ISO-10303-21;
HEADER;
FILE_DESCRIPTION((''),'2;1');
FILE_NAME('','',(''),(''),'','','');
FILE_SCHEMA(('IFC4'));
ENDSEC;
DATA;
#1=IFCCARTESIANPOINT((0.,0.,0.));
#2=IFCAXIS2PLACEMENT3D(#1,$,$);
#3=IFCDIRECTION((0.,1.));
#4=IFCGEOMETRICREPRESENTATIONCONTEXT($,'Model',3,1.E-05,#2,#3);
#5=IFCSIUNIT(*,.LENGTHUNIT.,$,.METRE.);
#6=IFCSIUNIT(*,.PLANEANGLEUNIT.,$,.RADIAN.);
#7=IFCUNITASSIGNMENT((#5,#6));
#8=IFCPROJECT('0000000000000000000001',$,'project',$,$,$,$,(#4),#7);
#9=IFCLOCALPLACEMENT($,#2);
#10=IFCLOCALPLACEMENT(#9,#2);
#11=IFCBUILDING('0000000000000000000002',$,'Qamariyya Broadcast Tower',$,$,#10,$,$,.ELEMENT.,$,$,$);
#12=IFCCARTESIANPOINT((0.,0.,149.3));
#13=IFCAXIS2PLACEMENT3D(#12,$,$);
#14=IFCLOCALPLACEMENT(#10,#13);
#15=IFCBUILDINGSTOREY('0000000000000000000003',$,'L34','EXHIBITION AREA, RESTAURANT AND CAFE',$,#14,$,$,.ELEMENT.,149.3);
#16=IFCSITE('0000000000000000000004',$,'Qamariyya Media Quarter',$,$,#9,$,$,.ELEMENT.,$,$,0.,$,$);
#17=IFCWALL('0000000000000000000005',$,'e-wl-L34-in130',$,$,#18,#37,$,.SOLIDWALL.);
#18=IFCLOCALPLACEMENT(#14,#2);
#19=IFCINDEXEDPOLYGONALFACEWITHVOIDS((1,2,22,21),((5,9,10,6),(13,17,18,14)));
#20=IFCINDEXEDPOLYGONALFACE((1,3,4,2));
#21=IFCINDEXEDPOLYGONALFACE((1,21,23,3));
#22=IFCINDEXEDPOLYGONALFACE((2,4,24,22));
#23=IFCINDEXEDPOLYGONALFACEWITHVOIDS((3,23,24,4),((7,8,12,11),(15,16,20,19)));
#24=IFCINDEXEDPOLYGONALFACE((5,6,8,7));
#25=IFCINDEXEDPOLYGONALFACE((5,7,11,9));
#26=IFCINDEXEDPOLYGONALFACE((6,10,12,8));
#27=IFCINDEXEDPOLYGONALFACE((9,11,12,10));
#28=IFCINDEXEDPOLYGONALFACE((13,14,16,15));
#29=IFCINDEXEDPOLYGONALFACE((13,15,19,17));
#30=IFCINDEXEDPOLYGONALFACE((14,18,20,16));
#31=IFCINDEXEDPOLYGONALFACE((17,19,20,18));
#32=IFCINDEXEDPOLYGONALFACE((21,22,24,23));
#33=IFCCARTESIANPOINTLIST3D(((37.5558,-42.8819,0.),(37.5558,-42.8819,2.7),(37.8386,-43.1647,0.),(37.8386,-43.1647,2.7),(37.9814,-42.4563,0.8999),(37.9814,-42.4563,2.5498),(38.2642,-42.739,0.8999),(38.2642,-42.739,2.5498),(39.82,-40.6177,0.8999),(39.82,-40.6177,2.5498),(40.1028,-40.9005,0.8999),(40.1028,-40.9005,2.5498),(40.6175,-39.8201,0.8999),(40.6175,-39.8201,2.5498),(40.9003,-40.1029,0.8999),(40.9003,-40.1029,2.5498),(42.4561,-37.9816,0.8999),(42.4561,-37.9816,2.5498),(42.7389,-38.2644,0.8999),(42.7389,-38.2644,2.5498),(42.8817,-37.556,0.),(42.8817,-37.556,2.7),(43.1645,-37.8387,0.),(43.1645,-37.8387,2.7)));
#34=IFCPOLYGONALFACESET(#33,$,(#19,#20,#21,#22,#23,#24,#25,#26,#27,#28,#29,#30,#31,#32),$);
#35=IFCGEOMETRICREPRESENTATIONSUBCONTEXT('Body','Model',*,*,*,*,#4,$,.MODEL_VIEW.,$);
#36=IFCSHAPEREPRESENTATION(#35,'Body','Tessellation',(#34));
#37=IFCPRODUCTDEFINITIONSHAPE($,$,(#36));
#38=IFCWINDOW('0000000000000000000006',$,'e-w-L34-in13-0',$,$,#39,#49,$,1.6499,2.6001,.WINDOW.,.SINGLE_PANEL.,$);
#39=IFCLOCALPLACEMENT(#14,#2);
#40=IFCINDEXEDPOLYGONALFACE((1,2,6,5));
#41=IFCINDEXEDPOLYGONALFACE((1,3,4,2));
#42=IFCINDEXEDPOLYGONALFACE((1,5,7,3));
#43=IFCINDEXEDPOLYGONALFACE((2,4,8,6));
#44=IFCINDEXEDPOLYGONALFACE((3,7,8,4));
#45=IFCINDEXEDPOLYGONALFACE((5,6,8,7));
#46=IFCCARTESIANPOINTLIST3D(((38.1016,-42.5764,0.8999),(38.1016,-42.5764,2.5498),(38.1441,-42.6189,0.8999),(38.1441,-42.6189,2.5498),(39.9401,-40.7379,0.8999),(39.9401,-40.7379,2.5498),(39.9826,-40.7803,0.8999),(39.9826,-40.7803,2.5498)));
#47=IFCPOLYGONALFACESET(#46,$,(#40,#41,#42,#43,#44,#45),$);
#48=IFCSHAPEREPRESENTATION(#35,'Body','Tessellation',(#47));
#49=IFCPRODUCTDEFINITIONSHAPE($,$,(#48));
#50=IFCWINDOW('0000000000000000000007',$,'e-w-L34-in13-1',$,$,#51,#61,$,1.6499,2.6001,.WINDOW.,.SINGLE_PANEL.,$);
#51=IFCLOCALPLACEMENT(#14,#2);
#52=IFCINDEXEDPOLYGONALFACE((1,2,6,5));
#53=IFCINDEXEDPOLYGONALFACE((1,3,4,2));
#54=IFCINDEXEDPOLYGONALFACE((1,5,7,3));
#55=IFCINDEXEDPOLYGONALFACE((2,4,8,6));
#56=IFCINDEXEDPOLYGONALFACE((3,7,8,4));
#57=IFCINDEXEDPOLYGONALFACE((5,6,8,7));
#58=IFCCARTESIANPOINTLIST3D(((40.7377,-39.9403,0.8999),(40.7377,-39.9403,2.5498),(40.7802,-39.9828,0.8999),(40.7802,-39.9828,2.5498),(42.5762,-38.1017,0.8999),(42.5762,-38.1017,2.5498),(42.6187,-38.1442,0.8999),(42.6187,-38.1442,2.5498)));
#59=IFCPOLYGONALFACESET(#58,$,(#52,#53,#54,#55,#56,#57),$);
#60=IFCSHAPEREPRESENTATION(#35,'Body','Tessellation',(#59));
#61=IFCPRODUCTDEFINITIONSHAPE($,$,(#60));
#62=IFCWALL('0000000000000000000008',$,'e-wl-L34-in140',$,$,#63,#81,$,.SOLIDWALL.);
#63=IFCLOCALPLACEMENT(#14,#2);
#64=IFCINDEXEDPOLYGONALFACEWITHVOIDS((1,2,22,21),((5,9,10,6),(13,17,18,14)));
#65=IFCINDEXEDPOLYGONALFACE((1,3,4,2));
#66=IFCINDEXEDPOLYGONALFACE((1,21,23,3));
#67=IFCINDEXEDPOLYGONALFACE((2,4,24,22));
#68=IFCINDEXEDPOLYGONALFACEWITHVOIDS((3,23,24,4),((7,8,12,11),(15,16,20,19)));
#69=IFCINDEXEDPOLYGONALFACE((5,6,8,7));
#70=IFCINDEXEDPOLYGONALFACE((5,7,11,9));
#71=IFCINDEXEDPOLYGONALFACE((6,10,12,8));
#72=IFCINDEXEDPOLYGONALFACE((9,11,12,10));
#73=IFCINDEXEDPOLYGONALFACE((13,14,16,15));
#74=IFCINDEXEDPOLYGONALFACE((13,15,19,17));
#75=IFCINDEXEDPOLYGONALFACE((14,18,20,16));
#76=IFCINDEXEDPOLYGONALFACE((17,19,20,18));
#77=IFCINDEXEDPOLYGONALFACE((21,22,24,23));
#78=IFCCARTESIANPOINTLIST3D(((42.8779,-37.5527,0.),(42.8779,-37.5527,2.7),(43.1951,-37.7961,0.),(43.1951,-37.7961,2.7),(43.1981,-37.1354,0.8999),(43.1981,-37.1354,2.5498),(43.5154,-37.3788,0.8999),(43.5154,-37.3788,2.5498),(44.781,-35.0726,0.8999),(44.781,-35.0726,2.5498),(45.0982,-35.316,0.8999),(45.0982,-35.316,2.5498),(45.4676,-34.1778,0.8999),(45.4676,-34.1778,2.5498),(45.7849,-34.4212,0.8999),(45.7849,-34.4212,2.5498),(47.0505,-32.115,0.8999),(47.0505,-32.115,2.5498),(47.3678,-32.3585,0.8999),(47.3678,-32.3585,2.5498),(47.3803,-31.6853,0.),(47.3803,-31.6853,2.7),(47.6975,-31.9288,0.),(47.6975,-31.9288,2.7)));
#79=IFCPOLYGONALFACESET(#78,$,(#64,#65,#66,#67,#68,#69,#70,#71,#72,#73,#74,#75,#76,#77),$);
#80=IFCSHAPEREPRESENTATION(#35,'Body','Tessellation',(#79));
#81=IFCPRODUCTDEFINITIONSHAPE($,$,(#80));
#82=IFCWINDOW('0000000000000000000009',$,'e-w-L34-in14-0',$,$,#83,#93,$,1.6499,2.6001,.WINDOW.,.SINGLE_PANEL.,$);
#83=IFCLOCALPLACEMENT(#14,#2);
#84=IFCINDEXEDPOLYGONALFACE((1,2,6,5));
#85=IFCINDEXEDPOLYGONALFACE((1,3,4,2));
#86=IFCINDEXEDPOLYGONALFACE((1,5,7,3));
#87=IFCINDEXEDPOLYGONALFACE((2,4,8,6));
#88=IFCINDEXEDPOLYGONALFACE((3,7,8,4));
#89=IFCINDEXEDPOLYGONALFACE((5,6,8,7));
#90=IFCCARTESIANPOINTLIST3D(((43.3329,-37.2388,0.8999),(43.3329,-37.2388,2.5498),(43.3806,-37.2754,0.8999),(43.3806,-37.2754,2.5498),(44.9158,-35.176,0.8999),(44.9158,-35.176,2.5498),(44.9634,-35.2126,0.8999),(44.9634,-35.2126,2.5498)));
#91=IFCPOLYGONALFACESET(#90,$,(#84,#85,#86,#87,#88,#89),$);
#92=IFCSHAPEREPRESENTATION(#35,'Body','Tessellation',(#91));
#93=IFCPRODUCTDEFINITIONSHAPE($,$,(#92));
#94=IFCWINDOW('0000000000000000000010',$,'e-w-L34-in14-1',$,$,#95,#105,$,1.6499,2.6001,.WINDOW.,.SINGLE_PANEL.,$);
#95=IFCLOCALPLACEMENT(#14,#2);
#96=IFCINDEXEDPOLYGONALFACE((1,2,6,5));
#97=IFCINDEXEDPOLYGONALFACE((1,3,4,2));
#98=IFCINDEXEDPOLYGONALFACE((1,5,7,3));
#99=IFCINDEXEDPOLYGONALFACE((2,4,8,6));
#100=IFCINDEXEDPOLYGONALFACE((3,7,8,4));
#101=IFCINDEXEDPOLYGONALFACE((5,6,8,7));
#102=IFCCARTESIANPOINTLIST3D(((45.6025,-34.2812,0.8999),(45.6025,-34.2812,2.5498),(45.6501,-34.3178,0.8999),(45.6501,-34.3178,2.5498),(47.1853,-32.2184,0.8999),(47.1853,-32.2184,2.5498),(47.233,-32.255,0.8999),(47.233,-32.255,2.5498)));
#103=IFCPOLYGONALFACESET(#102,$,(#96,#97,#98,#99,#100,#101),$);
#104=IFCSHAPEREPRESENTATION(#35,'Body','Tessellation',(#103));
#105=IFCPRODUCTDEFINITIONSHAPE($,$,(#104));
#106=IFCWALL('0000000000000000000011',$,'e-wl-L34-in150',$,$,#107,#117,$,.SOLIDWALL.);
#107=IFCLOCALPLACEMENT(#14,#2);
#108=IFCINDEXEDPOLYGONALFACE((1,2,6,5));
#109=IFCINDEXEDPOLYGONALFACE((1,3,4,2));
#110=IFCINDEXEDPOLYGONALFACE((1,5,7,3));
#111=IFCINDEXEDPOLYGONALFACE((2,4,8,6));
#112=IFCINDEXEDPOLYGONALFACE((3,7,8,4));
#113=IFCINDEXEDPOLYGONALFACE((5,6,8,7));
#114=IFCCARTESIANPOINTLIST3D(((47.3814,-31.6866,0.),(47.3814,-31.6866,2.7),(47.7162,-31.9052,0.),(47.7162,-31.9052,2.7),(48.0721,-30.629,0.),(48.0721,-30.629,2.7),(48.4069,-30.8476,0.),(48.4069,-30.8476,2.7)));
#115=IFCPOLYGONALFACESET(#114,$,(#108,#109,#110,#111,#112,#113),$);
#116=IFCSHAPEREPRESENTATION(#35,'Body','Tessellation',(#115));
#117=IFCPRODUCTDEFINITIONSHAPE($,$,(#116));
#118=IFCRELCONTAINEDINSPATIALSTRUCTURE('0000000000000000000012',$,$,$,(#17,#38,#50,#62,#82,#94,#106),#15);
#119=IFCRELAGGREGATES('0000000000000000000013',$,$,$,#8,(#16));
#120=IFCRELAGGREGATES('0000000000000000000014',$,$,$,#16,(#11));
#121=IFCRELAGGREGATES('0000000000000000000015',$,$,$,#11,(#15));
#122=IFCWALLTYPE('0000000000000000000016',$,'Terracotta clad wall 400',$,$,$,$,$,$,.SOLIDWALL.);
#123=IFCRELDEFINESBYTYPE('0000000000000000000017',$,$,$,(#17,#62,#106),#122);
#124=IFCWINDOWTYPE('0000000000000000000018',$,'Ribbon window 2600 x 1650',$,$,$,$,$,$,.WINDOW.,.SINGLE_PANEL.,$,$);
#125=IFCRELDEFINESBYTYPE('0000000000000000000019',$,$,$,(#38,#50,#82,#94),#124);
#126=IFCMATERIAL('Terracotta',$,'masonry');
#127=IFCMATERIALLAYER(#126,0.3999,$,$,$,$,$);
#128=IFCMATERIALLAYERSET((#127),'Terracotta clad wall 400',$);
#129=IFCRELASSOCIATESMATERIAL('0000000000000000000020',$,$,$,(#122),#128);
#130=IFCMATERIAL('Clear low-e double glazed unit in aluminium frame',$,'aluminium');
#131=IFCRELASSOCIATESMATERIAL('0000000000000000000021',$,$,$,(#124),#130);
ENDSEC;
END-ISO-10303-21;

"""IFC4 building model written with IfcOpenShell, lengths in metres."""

from ifc_helpers import new_model, si_unit, direction, frame, frame_2d, origin, place, context, subcontext, project, spatial, rectangle, extrude, material, layer, layer_set, type_object, element, fill, save


model = new_model("IFC4")

# Units and contexts
model_context = context("Model", 3, precision=1e-05, world=origin(), true_north=direction((0.0, 1.0)))
body_context = subcontext(model_context, "Body", "Model", "MODEL_VIEW")
ifc_project = project(units=[si_unit("LENGTHUNIT", "METRE"), si_unit("PLANEANGLEUNIT", "RADIAN")], contexts=[model_context])

# Site, building, storey
site_placement = place(None, origin())
site = spatial("IfcSite", under=ifc_project, at=site_placement, Name="Qamariyya Media Quarter", CompositionType="ELEMENT", RefElevation=0.0)
building_placement = place(site_placement, origin())
building = spatial("IfcBuilding", under=site, at=building_placement, Name="Qamariyya Broadcast Tower", CompositionType="ELEMENT")
storey_placement = place(building_placement, frame((0.0, 0.0, 149.3)))
storey = spatial("IfcBuildingStorey", under=building, at=storey_placement, Name="L34", Description="EXHIBITION AREA, RESTAURANT AND CAFE", CompositionType="ELEMENT", Elevation=149.3)

# Walls, openings, windows
ifc_material_1 = material(Name="Terracotta", Category="masonry")
ifc_layer_1 = layer(ifc_material_1, 0.3999)
ifc_layer_set_1 = layer_set([ifc_layer_1], Name="Terracotta clad wall 400")
wall_type_1 = type_object("IfcWallType", Name="Terracotta clad wall 400", PredefinedType="SOLIDWALL", material=ifc_layer_set_1)
wall_1_placement = place(storey_placement, frame((43.0232, -37.6973, 0.0), z_axis=(0.0, 0.0, 1.0), x_axis=(-0.707107, -0.707107, 0.0)))
wall_1 = element("IfcWall", 1, at=wall_1_placement, inside=storey, type_object=wall_type_1, Name="e-wl-L34-in130", PredefinedType="SOLIDWALL", context=body_context, shape_type="SweptSolid", body=[
    extrude(rectangle(XDim=7.532, YDim=0.3999, at=frame_2d((3.7661, 0.0))), origin(), (0.0, 0.0, 1.0), 2.7),
])
opening_1_placement = place(wall_1_placement, frame((4.3301, 0.0, 0.8999)))
opening_1 = element("IfcOpeningElement", 2, at=opening_1_placement, cuts=wall_1, PredefinedType="OPENING", context=body_context, shape_type="SweptSolid", body=[
    extrude(rectangle(XDim=2.6001, YDim=1.6499, at=frame_2d((1.3, 0.825))), frame((0.0, 0.21, 0.0), z_axis=(0.0, -1.0, 0.0), x_axis=(1.0, 0.0, 0.0)), (0.0, 0.0, 1.0), 0.4199),
])
opening_2_placement = place(wall_1_placement, frame((0.6021, 0.0, 0.8999)))
opening_2 = element("IfcOpeningElement", 3, at=opening_2_placement, cuts=wall_1, PredefinedType="OPENING", context=body_context, shape_type="SweptSolid", body=[
    extrude(rectangle(XDim=2.6001, YDim=1.6499, at=frame_2d((1.3, 0.825))), frame((0.0, 0.21, 0.0), z_axis=(0.0, -1.0, 0.0), x_axis=(1.0, 0.0, 0.0)), (0.0, 0.0, 1.0), 0.4199),
])
ifc_material_2 = material(Name="Clear low-e double glazed unit in aluminium frame", Category="aluminium")
window_type = type_object("IfcWindowType", Name="Ribbon window 2600 x 1650", PartitioningType="SINGLE_PANEL", PredefinedType="WINDOW", material=ifc_material_2)
window_1_placement = place(opening_1_placement, origin())
window_1 = element("IfcWindow", 4, at=window_1_placement, inside=storey, type_object=window_type, Name="e-w-L34-in13-0", OverallHeight=1.6499, OverallWidth=2.6001, PartitioningType="SINGLE_PANEL", PredefinedType="WINDOW", context=body_context, shape_type="SweptSolid", body=[
    extrude(rectangle(XDim=2.6001, YDim=1.6499, at=frame_2d((1.3, 0.825))), frame((0.0, 0.03, 0.0), z_axis=(0.0, -1.0, 0.0), x_axis=(1.0, 0.0, 0.0)), (0.0, 0.0, 1.0), 0.0601),
])
fill(opening_1, window_1)
window_2_placement = place(opening_2_placement, origin())
window_2 = element("IfcWindow", 5, at=window_2_placement, inside=storey, type_object=window_type, Name="e-w-L34-in13-1", OverallHeight=1.6499, OverallWidth=2.6001, PartitioningType="SINGLE_PANEL", PredefinedType="WINDOW", context=body_context, shape_type="SweptSolid", body=[
    extrude(rectangle(XDim=2.6001, YDim=1.6499, at=frame_2d((1.3, 0.825))), frame((0.0, 0.03, 0.0), z_axis=(0.0, -1.0, 0.0), x_axis=(1.0, 0.0, 0.0)), (0.0, 0.0, 1.0), 0.0601),
])
fill(opening_2, window_2)
wall_2_placement = place(storey_placement, frame((47.5388, -31.8071, 0.0), z_axis=(0.0, 0.0, 1.0), x_axis=(-0.608779, -0.79334, 0.0)))
wall_2 = element("IfcWall", 6, at=wall_2_placement, inside=storey, type_object=wall_type_1, Name="e-wl-L34-in140", PredefinedType="SOLIDWALL", context=body_context, shape_type="SweptSolid", body=[
    extrude(rectangle(XDim=7.3958, YDim=0.3999, at=frame_2d((3.6978, 0.0))), origin(), (0.0, 0.0, 1.0), 2.7),
])
opening_3_placement = place(wall_2_placement, frame((4.2695, 0.0, 0.8999)))
opening_3 = element("IfcOpeningElement", 7, at=opening_3_placement, cuts=wall_2, PredefinedType="OPENING", context=body_context, shape_type="SweptSolid", body=[
    extrude(rectangle(XDim=2.6001, YDim=1.6499, at=frame_2d((1.3, 0.825))), frame((0.0, 0.21, 0.0), z_axis=(0.0, -1.0, 0.0), x_axis=(1.0, 0.0, 0.0)), (0.0, 0.0, 1.0), 0.4199),
])
opening_4_placement = place(wall_2_placement, frame((0.5415, 0.0, 0.8999)))
opening_4 = element("IfcOpeningElement", 8, at=opening_4_placement, cuts=wall_2, PredefinedType="OPENING", context=body_context, shape_type="SweptSolid", body=[
    extrude(rectangle(XDim=2.6001, YDim=1.6499, at=frame_2d((1.3, 0.825))), frame((0.0, 0.21, 0.0), z_axis=(0.0, -1.0, 0.0), x_axis=(1.0, 0.0, 0.0)), (0.0, 0.0, 1.0), 0.4199),
])
window_3_placement = place(opening_3_placement, origin())
window_3 = element("IfcWindow", 9, at=window_3_placement, inside=storey, type_object=window_type, Name="e-w-L34-in14-0", OverallHeight=1.6499, OverallWidth=2.6001, PartitioningType="SINGLE_PANEL", PredefinedType="WINDOW", context=body_context, shape_type="SweptSolid", body=[
    extrude(rectangle(XDim=2.6001, YDim=1.6499, at=frame_2d((1.3, 0.825))), frame((0.0, 0.03, 0.0), z_axis=(0.0, -1.0, 0.0), x_axis=(1.0, 0.0, 0.0)), (0.0, 0.0, 1.0), 0.0601),
])
fill(opening_3, window_3)
window_4_placement = place(opening_4_placement, origin())
window_4 = element("IfcWindow", 10, at=window_4_placement, inside=storey, type_object=window_type, Name="e-w-L34-in14-1", OverallHeight=1.6499, OverallWidth=2.6001, PartitioningType="SINGLE_PANEL", PredefinedType="WINDOW", context=body_context, shape_type="SweptSolid", body=[
    extrude(rectangle(XDim=2.6001, YDim=1.6499, at=frame_2d((1.3, 0.825))), frame((0.0, 0.03, 0.0), z_axis=(0.0, -1.0, 0.0), x_axis=(1.0, 0.0, 0.0)), (0.0, 0.0, 1.0), 0.0601),
])
fill(opening_4, window_4)

# Wall
wall_3_placement = place(storey_placement, frame((48.2395, -30.7383, 0.0), z_axis=(0.0, 0.0, 1.0), x_axis=(-0.546781, -0.837276, 0.0)))
element("IfcWall", 11, at=wall_3_placement, inside=storey, type_object=wall_type_1, Name="e-wl-L34-in150", PredefinedType="SOLIDWALL", context=body_context, shape_type="SweptSolid", body=[
    extrude(rectangle(XDim=1.2632, YDim=0.3999, at=frame_2d((0.6316, 0.0))), origin(), (0.0, 0.0, 1.0), 2.7),
])

save(model, "model.ifc")
